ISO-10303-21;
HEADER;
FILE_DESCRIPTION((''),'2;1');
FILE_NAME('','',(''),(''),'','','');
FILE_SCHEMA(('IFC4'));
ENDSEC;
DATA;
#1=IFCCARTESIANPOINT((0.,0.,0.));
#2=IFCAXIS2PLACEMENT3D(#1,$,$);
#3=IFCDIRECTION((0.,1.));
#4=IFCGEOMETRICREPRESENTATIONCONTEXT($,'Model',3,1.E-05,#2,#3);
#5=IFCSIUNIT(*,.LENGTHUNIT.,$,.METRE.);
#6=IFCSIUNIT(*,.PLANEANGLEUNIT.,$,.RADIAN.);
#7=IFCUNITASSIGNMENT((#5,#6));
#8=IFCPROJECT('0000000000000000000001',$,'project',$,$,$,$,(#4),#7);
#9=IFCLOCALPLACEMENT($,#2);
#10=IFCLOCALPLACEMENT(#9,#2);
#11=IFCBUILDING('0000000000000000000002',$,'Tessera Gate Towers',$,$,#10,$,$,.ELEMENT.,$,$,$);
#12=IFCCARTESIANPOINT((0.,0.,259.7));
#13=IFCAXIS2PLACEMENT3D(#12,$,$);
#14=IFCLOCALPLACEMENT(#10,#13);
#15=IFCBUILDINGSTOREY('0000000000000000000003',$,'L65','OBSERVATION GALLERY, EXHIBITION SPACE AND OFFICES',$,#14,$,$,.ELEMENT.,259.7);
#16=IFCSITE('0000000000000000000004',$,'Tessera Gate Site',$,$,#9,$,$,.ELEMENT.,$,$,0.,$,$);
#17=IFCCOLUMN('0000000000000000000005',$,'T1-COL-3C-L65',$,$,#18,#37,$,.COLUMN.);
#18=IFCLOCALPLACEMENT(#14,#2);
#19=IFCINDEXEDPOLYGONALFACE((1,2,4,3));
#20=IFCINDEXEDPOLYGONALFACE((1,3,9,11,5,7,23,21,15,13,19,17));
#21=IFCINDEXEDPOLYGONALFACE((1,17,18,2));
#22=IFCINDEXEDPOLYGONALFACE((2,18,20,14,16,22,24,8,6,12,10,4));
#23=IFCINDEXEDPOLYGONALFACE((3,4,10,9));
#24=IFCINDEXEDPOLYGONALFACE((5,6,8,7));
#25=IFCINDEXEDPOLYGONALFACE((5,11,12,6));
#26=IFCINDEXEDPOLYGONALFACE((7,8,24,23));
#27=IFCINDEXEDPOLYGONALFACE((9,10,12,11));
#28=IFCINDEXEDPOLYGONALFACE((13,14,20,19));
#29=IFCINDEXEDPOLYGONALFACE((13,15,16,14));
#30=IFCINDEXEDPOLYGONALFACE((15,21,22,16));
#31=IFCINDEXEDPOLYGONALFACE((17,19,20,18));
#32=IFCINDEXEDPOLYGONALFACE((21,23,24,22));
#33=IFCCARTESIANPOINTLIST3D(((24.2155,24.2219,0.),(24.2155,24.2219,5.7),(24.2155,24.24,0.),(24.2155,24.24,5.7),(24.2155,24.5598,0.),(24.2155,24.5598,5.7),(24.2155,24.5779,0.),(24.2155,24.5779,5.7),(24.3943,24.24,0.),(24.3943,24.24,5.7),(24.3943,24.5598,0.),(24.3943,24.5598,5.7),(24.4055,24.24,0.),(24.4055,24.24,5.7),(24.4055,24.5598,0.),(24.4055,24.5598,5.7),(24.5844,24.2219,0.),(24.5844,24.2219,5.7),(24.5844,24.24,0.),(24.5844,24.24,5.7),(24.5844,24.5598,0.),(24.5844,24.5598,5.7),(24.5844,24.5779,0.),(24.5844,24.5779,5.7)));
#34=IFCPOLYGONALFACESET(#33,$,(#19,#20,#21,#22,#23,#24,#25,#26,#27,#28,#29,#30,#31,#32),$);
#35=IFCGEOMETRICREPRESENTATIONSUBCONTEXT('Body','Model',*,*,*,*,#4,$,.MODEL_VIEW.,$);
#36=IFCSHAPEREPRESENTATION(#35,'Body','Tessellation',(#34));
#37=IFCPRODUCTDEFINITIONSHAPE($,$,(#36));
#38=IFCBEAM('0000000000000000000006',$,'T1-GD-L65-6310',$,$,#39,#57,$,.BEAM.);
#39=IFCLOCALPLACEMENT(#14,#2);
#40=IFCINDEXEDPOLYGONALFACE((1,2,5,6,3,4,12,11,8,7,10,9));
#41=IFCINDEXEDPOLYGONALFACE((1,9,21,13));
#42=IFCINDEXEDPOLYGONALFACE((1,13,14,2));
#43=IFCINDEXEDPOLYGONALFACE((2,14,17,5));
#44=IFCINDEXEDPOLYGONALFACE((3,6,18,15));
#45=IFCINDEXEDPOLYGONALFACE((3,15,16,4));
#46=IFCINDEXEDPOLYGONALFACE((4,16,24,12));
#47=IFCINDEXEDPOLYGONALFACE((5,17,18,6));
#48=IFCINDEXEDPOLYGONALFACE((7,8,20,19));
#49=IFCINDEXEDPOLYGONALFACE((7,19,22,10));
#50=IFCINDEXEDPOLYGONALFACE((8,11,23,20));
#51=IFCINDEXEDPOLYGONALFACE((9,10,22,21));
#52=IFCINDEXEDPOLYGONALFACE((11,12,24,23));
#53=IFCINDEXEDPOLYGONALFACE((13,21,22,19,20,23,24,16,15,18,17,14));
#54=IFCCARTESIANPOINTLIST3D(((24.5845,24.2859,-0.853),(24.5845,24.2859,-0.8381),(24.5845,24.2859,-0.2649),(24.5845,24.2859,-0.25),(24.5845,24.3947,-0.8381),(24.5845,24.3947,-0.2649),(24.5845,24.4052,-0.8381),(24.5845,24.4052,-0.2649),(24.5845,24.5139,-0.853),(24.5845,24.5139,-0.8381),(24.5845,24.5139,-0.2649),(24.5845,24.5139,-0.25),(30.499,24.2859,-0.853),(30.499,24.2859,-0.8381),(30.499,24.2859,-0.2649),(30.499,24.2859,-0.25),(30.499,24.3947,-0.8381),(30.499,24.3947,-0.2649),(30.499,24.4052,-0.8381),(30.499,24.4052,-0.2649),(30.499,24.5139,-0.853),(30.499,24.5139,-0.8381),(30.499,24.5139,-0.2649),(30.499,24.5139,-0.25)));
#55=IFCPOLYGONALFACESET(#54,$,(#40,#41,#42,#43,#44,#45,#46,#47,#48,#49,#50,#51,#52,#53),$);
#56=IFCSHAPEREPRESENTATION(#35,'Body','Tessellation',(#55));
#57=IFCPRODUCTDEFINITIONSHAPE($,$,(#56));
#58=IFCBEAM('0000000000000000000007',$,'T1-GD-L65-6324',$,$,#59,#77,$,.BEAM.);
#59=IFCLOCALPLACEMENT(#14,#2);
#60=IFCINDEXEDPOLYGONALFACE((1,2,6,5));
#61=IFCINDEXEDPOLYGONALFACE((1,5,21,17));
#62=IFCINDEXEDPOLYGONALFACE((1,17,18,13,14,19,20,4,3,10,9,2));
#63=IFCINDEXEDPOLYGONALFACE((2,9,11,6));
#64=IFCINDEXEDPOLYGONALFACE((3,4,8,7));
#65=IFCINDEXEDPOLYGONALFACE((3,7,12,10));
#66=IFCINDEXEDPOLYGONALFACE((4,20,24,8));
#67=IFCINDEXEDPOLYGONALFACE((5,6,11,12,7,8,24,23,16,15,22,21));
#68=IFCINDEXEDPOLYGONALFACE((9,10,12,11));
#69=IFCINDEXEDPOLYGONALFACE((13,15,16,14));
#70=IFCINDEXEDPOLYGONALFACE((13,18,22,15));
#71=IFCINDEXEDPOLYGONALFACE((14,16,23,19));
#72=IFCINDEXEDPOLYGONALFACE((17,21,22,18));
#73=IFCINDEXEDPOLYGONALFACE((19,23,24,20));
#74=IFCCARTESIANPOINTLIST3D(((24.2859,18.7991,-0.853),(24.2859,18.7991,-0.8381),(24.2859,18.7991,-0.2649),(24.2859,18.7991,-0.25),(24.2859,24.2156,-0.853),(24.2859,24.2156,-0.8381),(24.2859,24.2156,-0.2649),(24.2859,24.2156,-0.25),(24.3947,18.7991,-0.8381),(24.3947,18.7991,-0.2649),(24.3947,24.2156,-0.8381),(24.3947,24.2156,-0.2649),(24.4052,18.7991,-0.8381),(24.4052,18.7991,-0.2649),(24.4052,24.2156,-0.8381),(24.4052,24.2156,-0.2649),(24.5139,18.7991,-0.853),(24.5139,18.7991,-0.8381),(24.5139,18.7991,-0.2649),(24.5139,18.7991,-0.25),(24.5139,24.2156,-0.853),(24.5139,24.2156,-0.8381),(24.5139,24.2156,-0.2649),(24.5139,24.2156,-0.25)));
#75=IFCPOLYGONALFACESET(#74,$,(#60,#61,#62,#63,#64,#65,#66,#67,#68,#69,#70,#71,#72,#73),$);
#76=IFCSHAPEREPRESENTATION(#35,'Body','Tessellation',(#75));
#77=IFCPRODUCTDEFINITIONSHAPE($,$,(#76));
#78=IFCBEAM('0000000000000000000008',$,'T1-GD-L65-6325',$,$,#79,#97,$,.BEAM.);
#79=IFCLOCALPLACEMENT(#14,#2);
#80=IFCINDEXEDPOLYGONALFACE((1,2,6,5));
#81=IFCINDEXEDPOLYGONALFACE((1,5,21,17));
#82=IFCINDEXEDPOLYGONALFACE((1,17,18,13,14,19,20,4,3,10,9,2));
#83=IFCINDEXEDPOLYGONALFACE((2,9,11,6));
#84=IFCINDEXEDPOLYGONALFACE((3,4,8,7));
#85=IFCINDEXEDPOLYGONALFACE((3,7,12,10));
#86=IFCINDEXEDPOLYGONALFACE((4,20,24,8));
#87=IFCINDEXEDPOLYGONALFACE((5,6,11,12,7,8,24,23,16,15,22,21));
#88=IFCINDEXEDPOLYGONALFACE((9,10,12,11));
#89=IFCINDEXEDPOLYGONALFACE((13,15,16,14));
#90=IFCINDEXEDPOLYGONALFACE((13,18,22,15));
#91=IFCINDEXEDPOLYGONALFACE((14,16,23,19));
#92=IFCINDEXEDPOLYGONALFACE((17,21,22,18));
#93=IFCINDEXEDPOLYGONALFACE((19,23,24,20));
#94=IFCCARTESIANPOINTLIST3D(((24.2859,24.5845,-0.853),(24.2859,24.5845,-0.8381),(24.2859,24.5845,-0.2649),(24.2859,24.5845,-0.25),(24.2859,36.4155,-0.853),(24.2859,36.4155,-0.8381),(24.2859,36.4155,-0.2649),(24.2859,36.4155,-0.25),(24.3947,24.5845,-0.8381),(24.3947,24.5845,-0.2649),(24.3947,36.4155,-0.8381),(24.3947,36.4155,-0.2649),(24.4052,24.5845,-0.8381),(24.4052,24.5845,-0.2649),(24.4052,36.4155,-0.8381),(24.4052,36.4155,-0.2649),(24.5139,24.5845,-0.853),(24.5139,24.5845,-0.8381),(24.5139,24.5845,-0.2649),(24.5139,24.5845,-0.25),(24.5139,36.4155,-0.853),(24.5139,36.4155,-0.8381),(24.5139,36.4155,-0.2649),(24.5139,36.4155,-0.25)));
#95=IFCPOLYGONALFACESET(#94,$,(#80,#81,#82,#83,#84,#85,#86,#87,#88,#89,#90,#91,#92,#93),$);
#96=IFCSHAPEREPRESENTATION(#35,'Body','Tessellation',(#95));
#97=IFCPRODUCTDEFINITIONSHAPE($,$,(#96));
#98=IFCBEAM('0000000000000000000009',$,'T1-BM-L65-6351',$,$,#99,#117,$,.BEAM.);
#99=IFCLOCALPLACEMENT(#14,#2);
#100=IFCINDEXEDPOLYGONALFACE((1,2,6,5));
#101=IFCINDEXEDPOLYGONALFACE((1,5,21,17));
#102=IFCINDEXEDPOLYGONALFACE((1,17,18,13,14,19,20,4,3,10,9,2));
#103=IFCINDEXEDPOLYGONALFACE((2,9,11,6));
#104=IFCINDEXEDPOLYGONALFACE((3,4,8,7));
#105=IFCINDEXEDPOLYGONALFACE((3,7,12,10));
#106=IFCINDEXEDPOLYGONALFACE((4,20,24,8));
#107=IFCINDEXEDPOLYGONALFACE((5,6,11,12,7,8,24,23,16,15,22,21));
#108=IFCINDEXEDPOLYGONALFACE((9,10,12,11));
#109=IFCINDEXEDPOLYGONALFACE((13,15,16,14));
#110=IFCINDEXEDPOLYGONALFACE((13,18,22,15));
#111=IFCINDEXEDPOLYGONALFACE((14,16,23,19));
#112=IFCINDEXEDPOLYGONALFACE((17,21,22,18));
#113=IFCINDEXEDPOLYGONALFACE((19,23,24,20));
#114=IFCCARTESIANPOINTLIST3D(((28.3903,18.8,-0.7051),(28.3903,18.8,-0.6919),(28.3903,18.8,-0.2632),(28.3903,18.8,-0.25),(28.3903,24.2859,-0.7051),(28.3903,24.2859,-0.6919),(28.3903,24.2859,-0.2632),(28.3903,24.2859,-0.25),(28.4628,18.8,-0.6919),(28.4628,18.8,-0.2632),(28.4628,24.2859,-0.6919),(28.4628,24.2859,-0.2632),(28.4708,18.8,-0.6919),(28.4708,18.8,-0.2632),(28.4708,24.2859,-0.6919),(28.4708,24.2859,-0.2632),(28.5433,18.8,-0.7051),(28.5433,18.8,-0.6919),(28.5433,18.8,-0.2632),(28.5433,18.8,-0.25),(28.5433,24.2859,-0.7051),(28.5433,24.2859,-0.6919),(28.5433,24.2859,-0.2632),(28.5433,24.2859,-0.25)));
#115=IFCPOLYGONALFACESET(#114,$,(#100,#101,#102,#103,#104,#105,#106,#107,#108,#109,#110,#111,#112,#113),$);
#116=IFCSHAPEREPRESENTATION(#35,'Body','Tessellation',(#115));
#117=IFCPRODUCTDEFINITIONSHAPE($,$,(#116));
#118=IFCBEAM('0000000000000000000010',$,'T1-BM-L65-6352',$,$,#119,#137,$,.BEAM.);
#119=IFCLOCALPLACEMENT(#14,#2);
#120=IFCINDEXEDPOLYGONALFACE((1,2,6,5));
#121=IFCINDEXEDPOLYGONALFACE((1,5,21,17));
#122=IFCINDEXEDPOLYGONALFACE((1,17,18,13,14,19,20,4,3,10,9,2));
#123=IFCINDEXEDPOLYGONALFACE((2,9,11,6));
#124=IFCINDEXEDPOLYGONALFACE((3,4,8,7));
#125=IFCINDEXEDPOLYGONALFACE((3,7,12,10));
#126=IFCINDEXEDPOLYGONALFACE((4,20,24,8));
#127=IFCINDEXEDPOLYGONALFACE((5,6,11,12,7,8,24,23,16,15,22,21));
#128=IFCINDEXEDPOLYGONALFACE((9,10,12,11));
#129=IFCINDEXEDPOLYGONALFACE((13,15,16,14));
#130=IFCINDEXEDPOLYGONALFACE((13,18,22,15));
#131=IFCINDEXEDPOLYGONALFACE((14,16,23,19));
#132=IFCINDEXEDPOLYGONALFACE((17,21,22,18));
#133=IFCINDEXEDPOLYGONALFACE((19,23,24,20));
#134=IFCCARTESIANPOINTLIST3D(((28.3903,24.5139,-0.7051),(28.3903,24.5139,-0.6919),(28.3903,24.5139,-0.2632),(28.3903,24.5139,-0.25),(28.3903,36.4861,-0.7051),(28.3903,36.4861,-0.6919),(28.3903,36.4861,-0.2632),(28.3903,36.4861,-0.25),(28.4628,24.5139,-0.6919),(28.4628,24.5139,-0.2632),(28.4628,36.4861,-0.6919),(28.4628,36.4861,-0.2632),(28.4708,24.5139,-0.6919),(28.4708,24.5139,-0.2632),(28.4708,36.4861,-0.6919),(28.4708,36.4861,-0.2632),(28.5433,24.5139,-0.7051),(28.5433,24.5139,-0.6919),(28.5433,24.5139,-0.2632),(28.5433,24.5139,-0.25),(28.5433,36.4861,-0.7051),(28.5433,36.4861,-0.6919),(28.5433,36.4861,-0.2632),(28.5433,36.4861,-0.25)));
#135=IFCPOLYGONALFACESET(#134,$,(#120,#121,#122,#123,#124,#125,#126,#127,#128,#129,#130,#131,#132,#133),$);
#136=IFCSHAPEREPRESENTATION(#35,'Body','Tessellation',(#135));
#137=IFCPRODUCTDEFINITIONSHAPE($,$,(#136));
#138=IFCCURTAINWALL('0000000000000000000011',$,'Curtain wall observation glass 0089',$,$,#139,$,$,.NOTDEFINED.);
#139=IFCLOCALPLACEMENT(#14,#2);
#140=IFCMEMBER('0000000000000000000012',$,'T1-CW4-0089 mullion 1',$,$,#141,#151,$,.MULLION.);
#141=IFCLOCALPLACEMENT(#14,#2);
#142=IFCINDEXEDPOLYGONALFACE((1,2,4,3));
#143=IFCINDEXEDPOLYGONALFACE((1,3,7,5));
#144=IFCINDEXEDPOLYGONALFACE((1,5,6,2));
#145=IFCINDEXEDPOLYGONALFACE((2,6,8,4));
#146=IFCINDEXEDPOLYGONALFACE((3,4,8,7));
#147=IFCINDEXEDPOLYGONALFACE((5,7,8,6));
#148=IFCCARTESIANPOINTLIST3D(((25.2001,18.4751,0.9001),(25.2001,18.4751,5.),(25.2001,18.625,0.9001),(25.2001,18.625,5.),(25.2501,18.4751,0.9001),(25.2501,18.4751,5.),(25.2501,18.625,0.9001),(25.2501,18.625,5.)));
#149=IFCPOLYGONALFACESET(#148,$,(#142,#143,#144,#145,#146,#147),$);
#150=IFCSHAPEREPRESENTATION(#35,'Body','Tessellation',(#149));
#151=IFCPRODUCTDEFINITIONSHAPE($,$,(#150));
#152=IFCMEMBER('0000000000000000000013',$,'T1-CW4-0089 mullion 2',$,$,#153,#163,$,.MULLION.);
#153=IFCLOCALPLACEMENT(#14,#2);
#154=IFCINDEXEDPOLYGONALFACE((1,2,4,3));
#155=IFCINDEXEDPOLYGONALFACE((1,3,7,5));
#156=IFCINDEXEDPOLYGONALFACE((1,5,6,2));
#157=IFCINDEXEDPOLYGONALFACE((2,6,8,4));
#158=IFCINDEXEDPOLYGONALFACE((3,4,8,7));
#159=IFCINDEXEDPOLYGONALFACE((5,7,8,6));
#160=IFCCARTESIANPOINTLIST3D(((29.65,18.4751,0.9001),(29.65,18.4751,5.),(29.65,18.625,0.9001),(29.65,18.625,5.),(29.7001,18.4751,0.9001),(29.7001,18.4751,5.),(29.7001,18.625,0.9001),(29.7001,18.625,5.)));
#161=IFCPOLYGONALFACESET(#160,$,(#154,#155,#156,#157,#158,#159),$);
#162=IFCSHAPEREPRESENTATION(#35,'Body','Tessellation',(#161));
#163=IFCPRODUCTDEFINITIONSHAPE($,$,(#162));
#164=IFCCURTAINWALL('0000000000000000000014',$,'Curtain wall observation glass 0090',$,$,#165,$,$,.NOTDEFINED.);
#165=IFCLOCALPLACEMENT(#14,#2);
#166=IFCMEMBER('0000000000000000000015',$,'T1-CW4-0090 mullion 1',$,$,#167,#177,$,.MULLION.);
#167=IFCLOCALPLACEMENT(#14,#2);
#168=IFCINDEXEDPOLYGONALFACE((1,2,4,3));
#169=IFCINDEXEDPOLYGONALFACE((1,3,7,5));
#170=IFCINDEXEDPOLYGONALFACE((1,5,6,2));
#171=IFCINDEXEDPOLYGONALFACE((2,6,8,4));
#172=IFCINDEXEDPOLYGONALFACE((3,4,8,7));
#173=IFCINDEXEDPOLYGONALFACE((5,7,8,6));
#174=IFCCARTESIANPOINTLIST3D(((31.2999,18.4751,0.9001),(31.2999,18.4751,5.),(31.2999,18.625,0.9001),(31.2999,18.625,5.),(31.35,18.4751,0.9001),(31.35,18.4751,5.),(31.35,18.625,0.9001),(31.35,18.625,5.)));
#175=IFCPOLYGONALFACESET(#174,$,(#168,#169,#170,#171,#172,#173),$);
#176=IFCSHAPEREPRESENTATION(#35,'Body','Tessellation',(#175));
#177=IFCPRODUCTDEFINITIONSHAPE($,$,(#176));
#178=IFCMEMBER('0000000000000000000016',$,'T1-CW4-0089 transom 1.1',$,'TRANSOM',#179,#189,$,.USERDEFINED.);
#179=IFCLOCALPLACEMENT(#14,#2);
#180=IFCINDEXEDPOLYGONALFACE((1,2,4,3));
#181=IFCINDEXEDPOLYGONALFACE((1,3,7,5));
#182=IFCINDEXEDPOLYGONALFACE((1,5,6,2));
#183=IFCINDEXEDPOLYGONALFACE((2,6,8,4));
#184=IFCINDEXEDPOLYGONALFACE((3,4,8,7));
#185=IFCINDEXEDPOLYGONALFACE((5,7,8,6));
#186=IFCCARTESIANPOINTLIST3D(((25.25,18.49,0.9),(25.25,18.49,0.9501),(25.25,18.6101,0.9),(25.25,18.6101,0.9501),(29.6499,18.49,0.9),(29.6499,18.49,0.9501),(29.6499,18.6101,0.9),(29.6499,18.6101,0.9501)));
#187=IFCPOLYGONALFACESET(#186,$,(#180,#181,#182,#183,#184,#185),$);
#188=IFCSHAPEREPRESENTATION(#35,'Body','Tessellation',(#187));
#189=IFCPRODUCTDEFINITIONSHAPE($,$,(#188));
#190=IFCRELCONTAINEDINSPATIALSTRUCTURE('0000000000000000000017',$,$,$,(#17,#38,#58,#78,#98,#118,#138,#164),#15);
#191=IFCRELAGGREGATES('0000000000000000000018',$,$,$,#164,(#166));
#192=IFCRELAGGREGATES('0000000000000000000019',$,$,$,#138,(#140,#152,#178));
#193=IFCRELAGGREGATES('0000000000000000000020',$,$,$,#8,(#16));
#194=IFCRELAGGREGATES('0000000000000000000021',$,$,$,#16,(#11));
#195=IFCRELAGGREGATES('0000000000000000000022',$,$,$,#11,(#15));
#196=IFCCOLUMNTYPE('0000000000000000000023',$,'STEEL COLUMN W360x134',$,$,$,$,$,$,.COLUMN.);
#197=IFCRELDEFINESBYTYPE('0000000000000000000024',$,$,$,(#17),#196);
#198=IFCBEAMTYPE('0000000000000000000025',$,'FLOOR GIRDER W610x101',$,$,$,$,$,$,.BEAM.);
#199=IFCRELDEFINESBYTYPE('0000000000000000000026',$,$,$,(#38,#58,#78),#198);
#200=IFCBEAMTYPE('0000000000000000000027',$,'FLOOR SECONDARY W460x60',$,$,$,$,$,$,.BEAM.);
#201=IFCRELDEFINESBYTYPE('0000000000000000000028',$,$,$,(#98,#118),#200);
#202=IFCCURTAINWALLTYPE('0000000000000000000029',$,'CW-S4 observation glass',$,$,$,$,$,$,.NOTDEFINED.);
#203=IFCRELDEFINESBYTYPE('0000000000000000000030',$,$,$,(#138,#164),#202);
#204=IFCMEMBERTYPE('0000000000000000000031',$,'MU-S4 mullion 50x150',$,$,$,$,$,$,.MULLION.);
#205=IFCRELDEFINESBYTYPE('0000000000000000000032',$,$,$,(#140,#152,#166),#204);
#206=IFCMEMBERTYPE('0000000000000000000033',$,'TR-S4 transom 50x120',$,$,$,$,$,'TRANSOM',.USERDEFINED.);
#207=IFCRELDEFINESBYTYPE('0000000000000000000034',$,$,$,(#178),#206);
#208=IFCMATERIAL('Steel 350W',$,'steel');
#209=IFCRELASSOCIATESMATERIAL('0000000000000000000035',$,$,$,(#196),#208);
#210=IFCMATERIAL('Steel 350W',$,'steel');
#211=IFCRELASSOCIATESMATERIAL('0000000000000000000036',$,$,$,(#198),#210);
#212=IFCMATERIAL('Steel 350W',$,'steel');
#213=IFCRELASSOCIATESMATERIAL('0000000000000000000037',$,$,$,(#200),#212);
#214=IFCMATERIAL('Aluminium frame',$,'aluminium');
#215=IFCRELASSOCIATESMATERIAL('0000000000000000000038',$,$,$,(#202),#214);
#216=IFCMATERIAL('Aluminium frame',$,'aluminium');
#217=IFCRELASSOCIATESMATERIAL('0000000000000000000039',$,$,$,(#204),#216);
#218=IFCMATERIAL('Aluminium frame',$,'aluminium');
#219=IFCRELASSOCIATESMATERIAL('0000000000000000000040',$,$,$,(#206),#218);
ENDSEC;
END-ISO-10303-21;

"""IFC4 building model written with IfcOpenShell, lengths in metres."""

from ifc_helpers import new_model, si_unit, direction, frame, origin, origin_2d, place, context, subcontext, project, spatial, rectangle, i_section, extrude, material, material_profile, profile_set, type_object, element, aggregate, save


model = new_model("IFC4")

# Units and contexts
model_context = context("Model", 3, precision=1e-05, world=origin(), true_north=direction((0.0, 1.0)))
body_context = subcontext(model_context, "Body", "Model", "MODEL_VIEW")
ifc_project = project(units=[si_unit("LENGTHUNIT", "METRE"), si_unit("PLANEANGLEUNIT", "RADIAN")], contexts=[model_context])

# Site, building, storey
site_placement = place(None, origin())
site = spatial("IfcSite", under=ifc_project, at=site_placement, Name="Tessera Gate Site", CompositionType="ELEMENT", RefElevation=0.0)
building_placement = place(site_placement, origin())
building = spatial("IfcBuilding", under=site, at=building_placement, Name="Tessera Gate Towers", CompositionType="ELEMENT")
storey_placement = place(building_placement, frame((0.0, 0.0, 259.7)))
storey = spatial("IfcBuildingStorey", under=building, at=storey_placement, Name="L65", Description="OBSERVATION GALLERY, EXHIBITION SPACE AND OFFICES", CompositionType="ELEMENT", Elevation=259.7)

# Column
ifc_material_1 = material(Name="Steel 350W", Category="steel")
ifc_material_profile_1 = material_profile(ifc_material_1, i_section(OverallWidth=0.3689, OverallDepth=0.356, WebThickness=0.0112, FlangeThickness=0.0181, at=origin_2d()), Name="W360x134")
ifc_profile_set_1 = profile_set([ifc_material_profile_1], Name="Steel 350W")
column_type = type_object("IfcColumnType", Name="STEEL COLUMN W360x134", PredefinedType="COLUMN", material=ifc_profile_set_1)
column_placement = place(storey_placement, frame((24.3999, 24.3999, 0.0), z_axis=(0.0, 0.0, 1.0), x_axis=(1.0, 0.0, 0.0)))
element("IfcColumn", 1, at=column_placement, inside=storey, type_object=column_type, Name="T1-COL-3C-L65", PredefinedType="COLUMN", context=body_context, shape_type="SweptSolid", body=[
    extrude(i_section(OverallWidth=0.3689, OverallDepth=0.356, WebThickness=0.0112, FlangeThickness=0.0181, at=origin_2d()), origin(), (0.0, 0.0, 1.0), 5.7),
])

# Beams
ifc_material_2 = material(Name="Steel 350W", Category="steel")
ifc_material_profile_2 = material_profile(ifc_material_2, i_section(OverallWidth=0.228, OverallDepth=0.603, WebThickness=0.0105, FlangeThickness=0.0149, at=origin_2d()), Name="W610x101")
ifc_profile_set_2 = profile_set([ifc_material_profile_2], Name="Steel 350W")
beam_type_1 = type_object("IfcBeamType", Name="FLOOR GIRDER W610x101", PredefinedType="BEAM", material=ifc_profile_set_2)
beam_1_placement = place(storey_placement, frame((24.5845, 24.3999, -0.5515), z_axis=(1.0, 0.0, 0.0), x_axis=(0.0, 1.0, 0.0)))
element("IfcBeam", 2, at=beam_1_placement, inside=storey, type_object=beam_type_1, Name="T1-GD-L65-6310", PredefinedType="BEAM", context=body_context, shape_type="SweptSolid", body=[
    extrude(i_section(OverallWidth=0.228, OverallDepth=0.603, WebThickness=0.0105, FlangeThickness=0.0149, at=origin_2d()), origin(), (0.0, 0.0, 1.0), 5.9146),
])
beam_2_placement = place(storey_placement, frame((24.3999, 18.7991, -0.5515), z_axis=(0.0, 1.0, 0.0), x_axis=(-1.0, 0.0, 0.0)))
element("IfcBeam", 3, at=beam_2_placement, inside=storey, type_object=beam_type_1, Name="T1-GD-L65-6324", PredefinedType="BEAM", context=body_context, shape_type="SweptSolid", body=[
    extrude(i_section(OverallWidth=0.228, OverallDepth=0.603, WebThickness=0.0105, FlangeThickness=0.0149, at=origin_2d()), origin(), (0.0, 0.0, 1.0), 5.4165),
])
beam_3_placement = place(storey_placement, frame((24.3999, 24.5845, -0.5515), z_axis=(0.0, 1.0, 0.0), x_axis=(-1.0, 0.0, 0.0)))
element("IfcBeam", 4, at=beam_3_placement, inside=storey, type_object=beam_type_1, Name="T1-GD-L65-6325", PredefinedType="BEAM", context=body_context, shape_type="SweptSolid", body=[
    extrude(i_section(OverallWidth=0.228, OverallDepth=0.603, WebThickness=0.0105, FlangeThickness=0.0149, at=origin_2d()), origin(), (0.0, 0.0, 1.0), 11.8311),
])
ifc_material_3 = material(Name="Steel 350W", Category="steel")
ifc_material_profile_3 = material_profile(ifc_material_3, i_section(OverallWidth=0.1531, OverallDepth=0.4551, WebThickness=0.0081, FlangeThickness=0.0132, at=origin_2d()), Name="W460x60")
ifc_profile_set_3 = profile_set([ifc_material_profile_3], Name="Steel 350W")
beam_type_2 = type_object("IfcBeamType", Name="FLOOR SECONDARY W460x60", PredefinedType="BEAM", material=ifc_profile_set_3)
beam_4_placement = place(storey_placement, frame((28.4668, 18.8, -0.4775), z_axis=(0.0, 1.0, 0.0), x_axis=(-1.0, 0.0, 0.0)))
element("IfcBeam", 5, at=beam_4_placement, inside=storey, type_object=beam_type_2, Name="T1-BM-L65-6351", PredefinedType="BEAM", context=body_context, shape_type="SweptSolid", body=[
    extrude(i_section(OverallWidth=0.1531, OverallDepth=0.4551, WebThickness=0.0081, FlangeThickness=0.0132, at=origin_2d()), origin(), (0.0, 0.0, 1.0), 5.4858),
])
beam_5_placement = place(storey_placement, frame((28.4668, 24.5139, -0.4775), z_axis=(0.0, 1.0, 0.0), x_axis=(-1.0, 0.0, 0.0)))
element("IfcBeam", 6, at=beam_5_placement, inside=storey, type_object=beam_type_2, Name="T1-BM-L65-6352", PredefinedType="BEAM", context=body_context, shape_type="SweptSolid", body=[
    extrude(i_section(OverallWidth=0.1531, OverallDepth=0.4551, WebThickness=0.0081, FlangeThickness=0.0132, at=origin_2d()), origin(), (0.0, 0.0, 1.0), 11.9722),
])

# Curtain wall, members
ifc_material_4 = material(Name="Aluminium frame", Category="aluminium")
curtain_wall_type = type_object("IfcCurtainWallType", Name="CW-S4 observation glass", PredefinedType="NOTDEFINED", material=ifc_material_4)
curtain_wall_1_placement = place(storey_placement, origin())
curtain_wall_1 = element("IfcCurtainWall", 7, at=curtain_wall_1_placement, inside=storey, type_object=curtain_wall_type, Name="Curtain wall observation glass 0089", PredefinedType="NOTDEFINED")
ifc_material_5 = material(Name="Aluminium frame", Category="aluminium")
ifc_material_profile_4 = material_profile(ifc_material_5, rectangle(XDim=0.05, YDim=0.1499, at=origin_2d()), Name="AL 50x150")
ifc_profile_set_4 = profile_set([ifc_material_profile_4], Name="Aluminium frame")
member_type_1 = type_object("IfcMemberType", Name="MU-S4 mullion 50x150", PredefinedType="MULLION", material=ifc_profile_set_4)
member_1_placement = place(storey_placement, frame((25.2251, 18.55, 0.9001), z_axis=(0.0, 0.0, 1.0), x_axis=(1.0, 0.0, 0.0)))
member_1 = element("IfcMember", 8, at=member_1_placement, type_object=member_type_1, Name="T1-CW4-0089 mullion 1", PredefinedType="MULLION", context=body_context, shape_type="SweptSolid", body=[
    extrude(rectangle(XDim=0.05, YDim=0.1499, at=origin_2d()), origin(), (0.0, 0.0, 1.0), 4.0999),
])
member_2_placement = place(storey_placement, frame((29.675, 18.55, 0.9001), z_axis=(0.0, 0.0, 1.0), x_axis=(1.0, 0.0, 0.0)))
member_2 = element("IfcMember", 9, at=member_2_placement, type_object=member_type_1, Name="T1-CW4-0089 mullion 2", PredefinedType="MULLION", context=body_context, shape_type="SweptSolid", body=[
    extrude(rectangle(XDim=0.05, YDim=0.1499, at=origin_2d()), origin(), (0.0, 0.0, 1.0), 4.0999),
])

# Curtain wall, member
curtain_wall_2_placement = place(storey_placement, origin())
curtain_wall_2 = element("IfcCurtainWall", 10, at=curtain_wall_2_placement, inside=storey, type_object=curtain_wall_type, Name="Curtain wall observation glass 0090", PredefinedType="NOTDEFINED")
member_3_placement = place(storey_placement, frame((31.325, 18.55, 0.9001), z_axis=(0.0, 0.0, 1.0), x_axis=(1.0, 0.0, 0.0)))
member_3 = element("IfcMember", 11, at=member_3_placement, type_object=member_type_1, Name="T1-CW4-0090 mullion 1", PredefinedType="MULLION", context=body_context, shape_type="SweptSolid", body=[
    extrude(rectangle(XDim=0.05, YDim=0.1499, at=origin_2d()), origin(), (0.0, 0.0, 1.0), 4.0999),
])

# Member
ifc_material_6 = material(Name="Aluminium frame", Category="aluminium")
ifc_material_profile_5 = material_profile(ifc_material_6, rectangle(XDim=0.1201, YDim=0.05, at=origin_2d()), Name="AL 50x120")
ifc_profile_set_5 = profile_set([ifc_material_profile_5], Name="Aluminium frame")
member_type_2 = type_object("IfcMemberType", Name="TR-S4 transom 50x120", ElementType="TRANSOM", PredefinedType="USERDEFINED", material=ifc_profile_set_5)
member_4_placement = place(storey_placement, frame((25.25, 18.55, 0.925), z_axis=(1.0, 0.0, 0.0), x_axis=(0.0, 1.0, 0.0)))
member_4 = element("IfcMember", 12, at=member_4_placement, type_object=member_type_2, Name="T1-CW4-0089 transom 1.1", ObjectType="TRANSOM", PredefinedType="USERDEFINED", context=body_context, shape_type="SweptSolid", body=[
    extrude(rectangle(XDim=0.1201, YDim=0.05, at=origin_2d()), origin(), (0.0, 0.0, 1.0), 4.3999),
])
aggregate(curtain_wall_2, [member_3])

aggregate(curtain_wall_1, [member_1, member_2, member_4])

save(model, "model.ifc")
